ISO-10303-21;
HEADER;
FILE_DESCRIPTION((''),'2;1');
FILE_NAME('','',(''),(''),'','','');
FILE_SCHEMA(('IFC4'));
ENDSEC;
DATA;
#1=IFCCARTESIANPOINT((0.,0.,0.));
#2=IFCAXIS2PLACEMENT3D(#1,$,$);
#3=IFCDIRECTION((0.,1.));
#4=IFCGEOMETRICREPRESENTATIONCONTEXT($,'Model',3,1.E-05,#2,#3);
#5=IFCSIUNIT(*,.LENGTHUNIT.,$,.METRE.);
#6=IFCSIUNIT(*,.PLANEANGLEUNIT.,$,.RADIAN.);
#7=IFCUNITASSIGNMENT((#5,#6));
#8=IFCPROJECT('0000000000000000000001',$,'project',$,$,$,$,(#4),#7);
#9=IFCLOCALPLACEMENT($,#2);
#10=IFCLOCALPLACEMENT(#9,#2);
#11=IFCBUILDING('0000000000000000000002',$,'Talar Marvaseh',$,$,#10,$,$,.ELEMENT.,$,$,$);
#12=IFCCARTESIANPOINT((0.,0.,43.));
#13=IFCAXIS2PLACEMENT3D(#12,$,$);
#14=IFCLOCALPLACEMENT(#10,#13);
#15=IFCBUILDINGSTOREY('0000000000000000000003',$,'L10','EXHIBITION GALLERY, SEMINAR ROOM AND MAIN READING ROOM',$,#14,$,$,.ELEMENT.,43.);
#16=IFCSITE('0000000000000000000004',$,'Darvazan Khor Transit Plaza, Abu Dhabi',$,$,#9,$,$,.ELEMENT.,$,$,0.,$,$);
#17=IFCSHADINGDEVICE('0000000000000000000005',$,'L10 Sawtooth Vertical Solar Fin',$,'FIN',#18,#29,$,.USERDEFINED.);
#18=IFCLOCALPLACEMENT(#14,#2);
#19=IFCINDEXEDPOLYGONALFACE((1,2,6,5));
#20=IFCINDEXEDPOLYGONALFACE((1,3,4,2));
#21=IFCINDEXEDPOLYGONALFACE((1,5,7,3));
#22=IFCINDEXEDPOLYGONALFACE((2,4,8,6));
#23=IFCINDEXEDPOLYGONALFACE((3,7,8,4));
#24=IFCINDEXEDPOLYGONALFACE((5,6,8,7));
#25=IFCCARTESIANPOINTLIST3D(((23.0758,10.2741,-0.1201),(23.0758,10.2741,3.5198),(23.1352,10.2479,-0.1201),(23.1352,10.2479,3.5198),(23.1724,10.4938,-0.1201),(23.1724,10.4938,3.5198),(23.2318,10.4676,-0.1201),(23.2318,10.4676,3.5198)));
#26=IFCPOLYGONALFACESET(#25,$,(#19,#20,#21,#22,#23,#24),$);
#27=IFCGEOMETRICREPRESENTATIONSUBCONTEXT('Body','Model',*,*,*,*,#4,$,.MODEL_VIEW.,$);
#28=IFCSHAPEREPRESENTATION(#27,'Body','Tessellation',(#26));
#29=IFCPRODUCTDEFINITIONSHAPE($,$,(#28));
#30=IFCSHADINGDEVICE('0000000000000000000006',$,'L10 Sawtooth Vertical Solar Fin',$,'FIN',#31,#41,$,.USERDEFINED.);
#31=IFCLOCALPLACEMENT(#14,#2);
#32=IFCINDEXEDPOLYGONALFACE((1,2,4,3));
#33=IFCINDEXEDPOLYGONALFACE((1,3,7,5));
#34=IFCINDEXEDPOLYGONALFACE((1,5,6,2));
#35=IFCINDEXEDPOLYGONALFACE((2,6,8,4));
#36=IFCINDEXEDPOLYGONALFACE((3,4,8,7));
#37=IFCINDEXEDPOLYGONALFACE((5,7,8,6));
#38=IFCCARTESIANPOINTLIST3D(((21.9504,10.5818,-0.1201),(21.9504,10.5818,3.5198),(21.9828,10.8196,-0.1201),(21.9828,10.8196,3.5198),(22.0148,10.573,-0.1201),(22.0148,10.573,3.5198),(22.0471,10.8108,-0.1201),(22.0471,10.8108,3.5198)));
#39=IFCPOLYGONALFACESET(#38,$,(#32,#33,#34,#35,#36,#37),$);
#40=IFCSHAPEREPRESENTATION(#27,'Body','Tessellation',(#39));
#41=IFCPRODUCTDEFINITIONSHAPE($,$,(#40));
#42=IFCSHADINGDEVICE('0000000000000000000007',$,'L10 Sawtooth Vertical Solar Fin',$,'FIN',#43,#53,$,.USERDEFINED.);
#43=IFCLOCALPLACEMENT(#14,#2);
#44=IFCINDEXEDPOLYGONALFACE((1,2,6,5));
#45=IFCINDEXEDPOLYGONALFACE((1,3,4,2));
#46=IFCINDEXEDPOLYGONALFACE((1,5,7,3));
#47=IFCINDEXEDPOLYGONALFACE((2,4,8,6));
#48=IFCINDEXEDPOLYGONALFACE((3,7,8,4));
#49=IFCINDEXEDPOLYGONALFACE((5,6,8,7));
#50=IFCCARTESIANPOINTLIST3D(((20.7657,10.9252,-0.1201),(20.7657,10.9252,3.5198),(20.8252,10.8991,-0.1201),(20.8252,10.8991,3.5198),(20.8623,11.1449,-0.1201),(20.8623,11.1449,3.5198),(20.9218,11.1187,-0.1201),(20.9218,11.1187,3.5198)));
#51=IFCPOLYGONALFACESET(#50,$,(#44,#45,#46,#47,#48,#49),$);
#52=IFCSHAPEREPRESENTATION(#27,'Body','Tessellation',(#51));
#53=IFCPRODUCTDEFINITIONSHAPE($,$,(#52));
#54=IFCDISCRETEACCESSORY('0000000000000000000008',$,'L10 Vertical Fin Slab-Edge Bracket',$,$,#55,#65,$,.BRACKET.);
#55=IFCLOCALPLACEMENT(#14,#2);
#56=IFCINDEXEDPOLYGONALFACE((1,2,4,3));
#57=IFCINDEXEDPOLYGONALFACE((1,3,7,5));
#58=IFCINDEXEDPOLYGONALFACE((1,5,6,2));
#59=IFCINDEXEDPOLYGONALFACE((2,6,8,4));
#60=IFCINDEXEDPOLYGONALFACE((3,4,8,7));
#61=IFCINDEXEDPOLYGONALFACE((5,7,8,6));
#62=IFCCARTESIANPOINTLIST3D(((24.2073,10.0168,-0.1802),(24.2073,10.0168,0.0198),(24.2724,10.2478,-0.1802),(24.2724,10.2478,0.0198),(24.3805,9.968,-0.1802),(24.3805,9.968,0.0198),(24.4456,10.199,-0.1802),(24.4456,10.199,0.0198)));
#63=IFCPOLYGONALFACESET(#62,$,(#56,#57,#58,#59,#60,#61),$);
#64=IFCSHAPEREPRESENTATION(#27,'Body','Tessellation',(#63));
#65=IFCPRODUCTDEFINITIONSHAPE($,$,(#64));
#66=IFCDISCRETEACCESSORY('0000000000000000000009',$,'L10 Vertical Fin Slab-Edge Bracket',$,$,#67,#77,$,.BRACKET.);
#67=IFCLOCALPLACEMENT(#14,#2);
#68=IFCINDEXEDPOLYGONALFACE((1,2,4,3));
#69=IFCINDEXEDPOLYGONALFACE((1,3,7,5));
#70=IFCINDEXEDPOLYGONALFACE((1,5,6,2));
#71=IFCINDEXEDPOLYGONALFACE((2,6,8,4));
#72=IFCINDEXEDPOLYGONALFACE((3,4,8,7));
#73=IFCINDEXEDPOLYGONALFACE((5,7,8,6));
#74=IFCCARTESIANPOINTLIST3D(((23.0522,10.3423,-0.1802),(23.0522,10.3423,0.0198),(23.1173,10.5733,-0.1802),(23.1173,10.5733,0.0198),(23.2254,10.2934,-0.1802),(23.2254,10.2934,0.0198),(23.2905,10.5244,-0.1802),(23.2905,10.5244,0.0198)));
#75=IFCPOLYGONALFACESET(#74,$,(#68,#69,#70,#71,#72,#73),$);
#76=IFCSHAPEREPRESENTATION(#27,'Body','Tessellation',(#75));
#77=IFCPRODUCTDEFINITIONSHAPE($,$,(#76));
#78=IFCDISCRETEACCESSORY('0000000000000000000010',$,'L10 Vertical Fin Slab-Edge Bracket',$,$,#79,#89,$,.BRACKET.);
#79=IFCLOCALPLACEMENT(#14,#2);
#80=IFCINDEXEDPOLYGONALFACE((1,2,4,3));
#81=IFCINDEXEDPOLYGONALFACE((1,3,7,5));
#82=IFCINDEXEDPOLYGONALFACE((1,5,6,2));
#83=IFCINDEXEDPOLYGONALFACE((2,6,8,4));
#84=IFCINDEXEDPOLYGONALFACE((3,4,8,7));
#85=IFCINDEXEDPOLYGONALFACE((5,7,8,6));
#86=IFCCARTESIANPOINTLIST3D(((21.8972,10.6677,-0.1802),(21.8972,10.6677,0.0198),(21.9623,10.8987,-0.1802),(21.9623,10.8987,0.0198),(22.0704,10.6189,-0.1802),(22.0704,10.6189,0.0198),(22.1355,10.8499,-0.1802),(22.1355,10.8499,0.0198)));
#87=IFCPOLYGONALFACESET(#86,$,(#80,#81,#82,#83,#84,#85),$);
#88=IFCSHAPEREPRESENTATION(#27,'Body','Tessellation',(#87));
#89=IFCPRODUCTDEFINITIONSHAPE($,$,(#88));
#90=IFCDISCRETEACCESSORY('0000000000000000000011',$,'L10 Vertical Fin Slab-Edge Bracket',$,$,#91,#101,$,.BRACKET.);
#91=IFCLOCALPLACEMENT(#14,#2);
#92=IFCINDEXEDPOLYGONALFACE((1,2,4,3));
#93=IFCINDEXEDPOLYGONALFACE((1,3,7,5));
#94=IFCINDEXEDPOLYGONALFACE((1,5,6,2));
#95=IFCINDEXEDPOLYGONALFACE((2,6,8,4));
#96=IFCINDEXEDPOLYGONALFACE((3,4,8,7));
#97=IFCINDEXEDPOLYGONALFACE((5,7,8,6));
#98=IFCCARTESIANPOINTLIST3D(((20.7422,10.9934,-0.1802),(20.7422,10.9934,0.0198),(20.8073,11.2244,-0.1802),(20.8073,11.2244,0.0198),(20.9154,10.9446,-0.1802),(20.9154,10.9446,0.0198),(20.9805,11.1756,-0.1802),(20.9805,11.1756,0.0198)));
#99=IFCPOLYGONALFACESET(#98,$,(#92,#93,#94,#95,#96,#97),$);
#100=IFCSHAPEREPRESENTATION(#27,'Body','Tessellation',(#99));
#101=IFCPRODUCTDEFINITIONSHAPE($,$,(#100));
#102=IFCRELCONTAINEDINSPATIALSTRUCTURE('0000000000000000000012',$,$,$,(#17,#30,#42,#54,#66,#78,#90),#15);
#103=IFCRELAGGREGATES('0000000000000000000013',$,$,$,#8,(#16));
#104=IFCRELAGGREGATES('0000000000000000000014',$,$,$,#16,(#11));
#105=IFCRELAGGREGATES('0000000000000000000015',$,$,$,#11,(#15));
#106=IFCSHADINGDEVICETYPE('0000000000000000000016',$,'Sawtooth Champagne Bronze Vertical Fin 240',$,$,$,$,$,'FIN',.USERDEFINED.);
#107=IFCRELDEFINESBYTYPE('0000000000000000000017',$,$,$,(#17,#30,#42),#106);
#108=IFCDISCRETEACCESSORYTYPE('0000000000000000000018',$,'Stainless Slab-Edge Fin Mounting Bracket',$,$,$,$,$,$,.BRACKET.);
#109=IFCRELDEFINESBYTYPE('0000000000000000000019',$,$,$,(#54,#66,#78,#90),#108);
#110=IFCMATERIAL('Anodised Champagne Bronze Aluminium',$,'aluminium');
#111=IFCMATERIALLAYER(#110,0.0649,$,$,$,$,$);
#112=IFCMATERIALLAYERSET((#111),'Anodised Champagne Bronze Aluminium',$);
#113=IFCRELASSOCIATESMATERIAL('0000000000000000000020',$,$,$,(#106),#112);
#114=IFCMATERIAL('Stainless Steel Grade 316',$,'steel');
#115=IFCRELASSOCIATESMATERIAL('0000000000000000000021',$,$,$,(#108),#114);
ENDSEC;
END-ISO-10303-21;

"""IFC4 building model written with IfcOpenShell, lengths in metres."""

from ifc_helpers import new_model, si_unit, direction, frame, origin, origin_2d, place, context, subcontext, project, spatial, rectangle, extrude, source, transform, mapped, material, layer, layer_set, type_object, type_shapes, element, save


model = new_model("IFC4")

# Units and contexts
model_context = context("Model", 3, precision=1e-05, world=origin(), true_north=direction((0.0, 1.0)))
body_context = subcontext(model_context, "Body", "Model", "MODEL_VIEW")
ifc_project = project(units=[si_unit("LENGTHUNIT", "METRE"), si_unit("PLANEANGLEUNIT", "RADIAN")], contexts=[model_context])

# Site, building, storey
site_placement = place(None, origin())
site = spatial("IfcSite", under=ifc_project, at=site_placement, Name="Darvazan Khor Transit Plaza, Abu Dhabi", CompositionType="ELEMENT", RefElevation=0.0)
building_placement = place(site_placement, origin())
building = spatial("IfcBuilding", under=site, at=building_placement, Name="Talar Marvaseh", CompositionType="ELEMENT")
storey_placement = place(building_placement, frame((0.0, 0.0, 43.0)))
storey = spatial("IfcBuildingStorey", under=building, at=storey_placement, Name="L10", Description="EXHIBITION GALLERY, SEMINAR ROOM AND MAIN READING ROOM", CompositionType="ELEMENT", Elevation=43.0)

# Shading devices
ifc_material_1 = material(Name="Anodised Champagne Bronze Aluminium", Category="aluminium")
ifc_layer_1 = layer(ifc_material_1, 0.0649)
ifc_layer_set_1 = layer_set([ifc_layer_1], Name="Anodised Champagne Bronze Aluminium")
shading_device_type = type_object("IfcShadingDeviceType", Name="Sawtooth Champagne Bronze Vertical Fin 240", ElementType="FIN", PredefinedType="USERDEFINED", material=ifc_layer_set_1)
shared_shape_1 = source(origin(), body_context, "Body", "SweptSolid", [
    extrude(rectangle(XDim=0.24, YDim=0.0649, at=origin_2d()), origin(), (0.0, 0.0, 1.0), 3.6399),
])
type_shapes(shading_device_type, [shared_shape_1])
for number, where, z_axis, x_axis, name in (
    (1, (23.1538, 10.3708, -0.1201), (0.0, 0.0, 1.0), (-0.402587, -0.915382, 0.0), "L10 Sawtooth Vertical Solar Fin"),
    (2, (21.9988, 10.6963, -0.1201), (0.0, 0.0, 1.0), (-0.134678, -0.990889, 0.0), "L10 Sawtooth Vertical Solar Fin"),
    (3, (20.8438, 11.022, -0.1201), (0.0, 0.0, 1.0), (-0.402587, -0.915382, 0.0), "L10 Sawtooth Vertical Solar Fin"),
):
    element("IfcShadingDevice", number, at=place(storey_placement, frame(where, z_axis=z_axis, x_axis=x_axis)), inside=storey, type_object=shading_device_type, Name=name, ObjectType="FIN", PredefinedType="USERDEFINED", context=body_context, shape_type="MappedRepresentation", body=[
        mapped(shared_shape_1, transform((0.0, 0.0, 0.0), x_axis=(1.0, 0.0, 0.0), y_axis=(0.0, 1.0, 0.0), z_axis=(0.0, 0.0, 1.0), scale=1.0)),
    ])

# Discrete accessories
ifc_material_2 = material(Name="Stainless Steel Grade 316", Category="steel")
discrete_accessory_type = type_object("IfcDiscreteAccessoryType", Name="Stainless Slab-Edge Fin Mounting Bracket", PredefinedType="BRACKET", material=ifc_material_2)
shared_shape_2 = source(origin(), body_context, "Body", "SweptSolid", [
    extrude(rectangle(XDim=0.24, YDim=0.1799, at=origin_2d()), origin(), (0.0, 0.0, 1.0), 0.2),
])
type_shapes(discrete_accessory_type, [shared_shape_2])
for number, where, z_axis, x_axis, name in (
    (4, (24.3264, 10.1079, -0.1802), (0.0, 0.0, 1.0), (-0.271272, -0.962503, 0.0), "L10 Vertical Fin Slab-Edge Bracket"),
    (5, (23.1714, 10.4333, -0.1802), (0.0, 0.0, 1.0), (-0.271272, -0.962503, 0.0), "L10 Vertical Fin Slab-Edge Bracket"),
    (6, (22.0164, 10.7588, -0.1802), (0.0, 0.0, 1.0), (-0.271272, -0.962503, 0.0), "L10 Vertical Fin Slab-Edge Bracket"),
    (7, (20.8613, 11.0845, -0.1802), (0.0, 0.0, 1.0), (-0.271272, -0.962503, 0.0), "L10 Vertical Fin Slab-Edge Bracket"),
):
    element("IfcDiscreteAccessory", number, at=place(storey_placement, frame(where, z_axis=z_axis, x_axis=x_axis)), inside=storey, type_object=discrete_accessory_type, Name=name, PredefinedType="BRACKET", context=body_context, shape_type="MappedRepresentation", body=[
        mapped(shared_shape_2, transform((0.0, 0.0, 0.0), x_axis=(1.0, 0.0, 0.0), y_axis=(0.0, 1.0, 0.0), z_axis=(0.0, 0.0, 1.0), scale=1.0)),
    ])

save(model, "model.ifc")
